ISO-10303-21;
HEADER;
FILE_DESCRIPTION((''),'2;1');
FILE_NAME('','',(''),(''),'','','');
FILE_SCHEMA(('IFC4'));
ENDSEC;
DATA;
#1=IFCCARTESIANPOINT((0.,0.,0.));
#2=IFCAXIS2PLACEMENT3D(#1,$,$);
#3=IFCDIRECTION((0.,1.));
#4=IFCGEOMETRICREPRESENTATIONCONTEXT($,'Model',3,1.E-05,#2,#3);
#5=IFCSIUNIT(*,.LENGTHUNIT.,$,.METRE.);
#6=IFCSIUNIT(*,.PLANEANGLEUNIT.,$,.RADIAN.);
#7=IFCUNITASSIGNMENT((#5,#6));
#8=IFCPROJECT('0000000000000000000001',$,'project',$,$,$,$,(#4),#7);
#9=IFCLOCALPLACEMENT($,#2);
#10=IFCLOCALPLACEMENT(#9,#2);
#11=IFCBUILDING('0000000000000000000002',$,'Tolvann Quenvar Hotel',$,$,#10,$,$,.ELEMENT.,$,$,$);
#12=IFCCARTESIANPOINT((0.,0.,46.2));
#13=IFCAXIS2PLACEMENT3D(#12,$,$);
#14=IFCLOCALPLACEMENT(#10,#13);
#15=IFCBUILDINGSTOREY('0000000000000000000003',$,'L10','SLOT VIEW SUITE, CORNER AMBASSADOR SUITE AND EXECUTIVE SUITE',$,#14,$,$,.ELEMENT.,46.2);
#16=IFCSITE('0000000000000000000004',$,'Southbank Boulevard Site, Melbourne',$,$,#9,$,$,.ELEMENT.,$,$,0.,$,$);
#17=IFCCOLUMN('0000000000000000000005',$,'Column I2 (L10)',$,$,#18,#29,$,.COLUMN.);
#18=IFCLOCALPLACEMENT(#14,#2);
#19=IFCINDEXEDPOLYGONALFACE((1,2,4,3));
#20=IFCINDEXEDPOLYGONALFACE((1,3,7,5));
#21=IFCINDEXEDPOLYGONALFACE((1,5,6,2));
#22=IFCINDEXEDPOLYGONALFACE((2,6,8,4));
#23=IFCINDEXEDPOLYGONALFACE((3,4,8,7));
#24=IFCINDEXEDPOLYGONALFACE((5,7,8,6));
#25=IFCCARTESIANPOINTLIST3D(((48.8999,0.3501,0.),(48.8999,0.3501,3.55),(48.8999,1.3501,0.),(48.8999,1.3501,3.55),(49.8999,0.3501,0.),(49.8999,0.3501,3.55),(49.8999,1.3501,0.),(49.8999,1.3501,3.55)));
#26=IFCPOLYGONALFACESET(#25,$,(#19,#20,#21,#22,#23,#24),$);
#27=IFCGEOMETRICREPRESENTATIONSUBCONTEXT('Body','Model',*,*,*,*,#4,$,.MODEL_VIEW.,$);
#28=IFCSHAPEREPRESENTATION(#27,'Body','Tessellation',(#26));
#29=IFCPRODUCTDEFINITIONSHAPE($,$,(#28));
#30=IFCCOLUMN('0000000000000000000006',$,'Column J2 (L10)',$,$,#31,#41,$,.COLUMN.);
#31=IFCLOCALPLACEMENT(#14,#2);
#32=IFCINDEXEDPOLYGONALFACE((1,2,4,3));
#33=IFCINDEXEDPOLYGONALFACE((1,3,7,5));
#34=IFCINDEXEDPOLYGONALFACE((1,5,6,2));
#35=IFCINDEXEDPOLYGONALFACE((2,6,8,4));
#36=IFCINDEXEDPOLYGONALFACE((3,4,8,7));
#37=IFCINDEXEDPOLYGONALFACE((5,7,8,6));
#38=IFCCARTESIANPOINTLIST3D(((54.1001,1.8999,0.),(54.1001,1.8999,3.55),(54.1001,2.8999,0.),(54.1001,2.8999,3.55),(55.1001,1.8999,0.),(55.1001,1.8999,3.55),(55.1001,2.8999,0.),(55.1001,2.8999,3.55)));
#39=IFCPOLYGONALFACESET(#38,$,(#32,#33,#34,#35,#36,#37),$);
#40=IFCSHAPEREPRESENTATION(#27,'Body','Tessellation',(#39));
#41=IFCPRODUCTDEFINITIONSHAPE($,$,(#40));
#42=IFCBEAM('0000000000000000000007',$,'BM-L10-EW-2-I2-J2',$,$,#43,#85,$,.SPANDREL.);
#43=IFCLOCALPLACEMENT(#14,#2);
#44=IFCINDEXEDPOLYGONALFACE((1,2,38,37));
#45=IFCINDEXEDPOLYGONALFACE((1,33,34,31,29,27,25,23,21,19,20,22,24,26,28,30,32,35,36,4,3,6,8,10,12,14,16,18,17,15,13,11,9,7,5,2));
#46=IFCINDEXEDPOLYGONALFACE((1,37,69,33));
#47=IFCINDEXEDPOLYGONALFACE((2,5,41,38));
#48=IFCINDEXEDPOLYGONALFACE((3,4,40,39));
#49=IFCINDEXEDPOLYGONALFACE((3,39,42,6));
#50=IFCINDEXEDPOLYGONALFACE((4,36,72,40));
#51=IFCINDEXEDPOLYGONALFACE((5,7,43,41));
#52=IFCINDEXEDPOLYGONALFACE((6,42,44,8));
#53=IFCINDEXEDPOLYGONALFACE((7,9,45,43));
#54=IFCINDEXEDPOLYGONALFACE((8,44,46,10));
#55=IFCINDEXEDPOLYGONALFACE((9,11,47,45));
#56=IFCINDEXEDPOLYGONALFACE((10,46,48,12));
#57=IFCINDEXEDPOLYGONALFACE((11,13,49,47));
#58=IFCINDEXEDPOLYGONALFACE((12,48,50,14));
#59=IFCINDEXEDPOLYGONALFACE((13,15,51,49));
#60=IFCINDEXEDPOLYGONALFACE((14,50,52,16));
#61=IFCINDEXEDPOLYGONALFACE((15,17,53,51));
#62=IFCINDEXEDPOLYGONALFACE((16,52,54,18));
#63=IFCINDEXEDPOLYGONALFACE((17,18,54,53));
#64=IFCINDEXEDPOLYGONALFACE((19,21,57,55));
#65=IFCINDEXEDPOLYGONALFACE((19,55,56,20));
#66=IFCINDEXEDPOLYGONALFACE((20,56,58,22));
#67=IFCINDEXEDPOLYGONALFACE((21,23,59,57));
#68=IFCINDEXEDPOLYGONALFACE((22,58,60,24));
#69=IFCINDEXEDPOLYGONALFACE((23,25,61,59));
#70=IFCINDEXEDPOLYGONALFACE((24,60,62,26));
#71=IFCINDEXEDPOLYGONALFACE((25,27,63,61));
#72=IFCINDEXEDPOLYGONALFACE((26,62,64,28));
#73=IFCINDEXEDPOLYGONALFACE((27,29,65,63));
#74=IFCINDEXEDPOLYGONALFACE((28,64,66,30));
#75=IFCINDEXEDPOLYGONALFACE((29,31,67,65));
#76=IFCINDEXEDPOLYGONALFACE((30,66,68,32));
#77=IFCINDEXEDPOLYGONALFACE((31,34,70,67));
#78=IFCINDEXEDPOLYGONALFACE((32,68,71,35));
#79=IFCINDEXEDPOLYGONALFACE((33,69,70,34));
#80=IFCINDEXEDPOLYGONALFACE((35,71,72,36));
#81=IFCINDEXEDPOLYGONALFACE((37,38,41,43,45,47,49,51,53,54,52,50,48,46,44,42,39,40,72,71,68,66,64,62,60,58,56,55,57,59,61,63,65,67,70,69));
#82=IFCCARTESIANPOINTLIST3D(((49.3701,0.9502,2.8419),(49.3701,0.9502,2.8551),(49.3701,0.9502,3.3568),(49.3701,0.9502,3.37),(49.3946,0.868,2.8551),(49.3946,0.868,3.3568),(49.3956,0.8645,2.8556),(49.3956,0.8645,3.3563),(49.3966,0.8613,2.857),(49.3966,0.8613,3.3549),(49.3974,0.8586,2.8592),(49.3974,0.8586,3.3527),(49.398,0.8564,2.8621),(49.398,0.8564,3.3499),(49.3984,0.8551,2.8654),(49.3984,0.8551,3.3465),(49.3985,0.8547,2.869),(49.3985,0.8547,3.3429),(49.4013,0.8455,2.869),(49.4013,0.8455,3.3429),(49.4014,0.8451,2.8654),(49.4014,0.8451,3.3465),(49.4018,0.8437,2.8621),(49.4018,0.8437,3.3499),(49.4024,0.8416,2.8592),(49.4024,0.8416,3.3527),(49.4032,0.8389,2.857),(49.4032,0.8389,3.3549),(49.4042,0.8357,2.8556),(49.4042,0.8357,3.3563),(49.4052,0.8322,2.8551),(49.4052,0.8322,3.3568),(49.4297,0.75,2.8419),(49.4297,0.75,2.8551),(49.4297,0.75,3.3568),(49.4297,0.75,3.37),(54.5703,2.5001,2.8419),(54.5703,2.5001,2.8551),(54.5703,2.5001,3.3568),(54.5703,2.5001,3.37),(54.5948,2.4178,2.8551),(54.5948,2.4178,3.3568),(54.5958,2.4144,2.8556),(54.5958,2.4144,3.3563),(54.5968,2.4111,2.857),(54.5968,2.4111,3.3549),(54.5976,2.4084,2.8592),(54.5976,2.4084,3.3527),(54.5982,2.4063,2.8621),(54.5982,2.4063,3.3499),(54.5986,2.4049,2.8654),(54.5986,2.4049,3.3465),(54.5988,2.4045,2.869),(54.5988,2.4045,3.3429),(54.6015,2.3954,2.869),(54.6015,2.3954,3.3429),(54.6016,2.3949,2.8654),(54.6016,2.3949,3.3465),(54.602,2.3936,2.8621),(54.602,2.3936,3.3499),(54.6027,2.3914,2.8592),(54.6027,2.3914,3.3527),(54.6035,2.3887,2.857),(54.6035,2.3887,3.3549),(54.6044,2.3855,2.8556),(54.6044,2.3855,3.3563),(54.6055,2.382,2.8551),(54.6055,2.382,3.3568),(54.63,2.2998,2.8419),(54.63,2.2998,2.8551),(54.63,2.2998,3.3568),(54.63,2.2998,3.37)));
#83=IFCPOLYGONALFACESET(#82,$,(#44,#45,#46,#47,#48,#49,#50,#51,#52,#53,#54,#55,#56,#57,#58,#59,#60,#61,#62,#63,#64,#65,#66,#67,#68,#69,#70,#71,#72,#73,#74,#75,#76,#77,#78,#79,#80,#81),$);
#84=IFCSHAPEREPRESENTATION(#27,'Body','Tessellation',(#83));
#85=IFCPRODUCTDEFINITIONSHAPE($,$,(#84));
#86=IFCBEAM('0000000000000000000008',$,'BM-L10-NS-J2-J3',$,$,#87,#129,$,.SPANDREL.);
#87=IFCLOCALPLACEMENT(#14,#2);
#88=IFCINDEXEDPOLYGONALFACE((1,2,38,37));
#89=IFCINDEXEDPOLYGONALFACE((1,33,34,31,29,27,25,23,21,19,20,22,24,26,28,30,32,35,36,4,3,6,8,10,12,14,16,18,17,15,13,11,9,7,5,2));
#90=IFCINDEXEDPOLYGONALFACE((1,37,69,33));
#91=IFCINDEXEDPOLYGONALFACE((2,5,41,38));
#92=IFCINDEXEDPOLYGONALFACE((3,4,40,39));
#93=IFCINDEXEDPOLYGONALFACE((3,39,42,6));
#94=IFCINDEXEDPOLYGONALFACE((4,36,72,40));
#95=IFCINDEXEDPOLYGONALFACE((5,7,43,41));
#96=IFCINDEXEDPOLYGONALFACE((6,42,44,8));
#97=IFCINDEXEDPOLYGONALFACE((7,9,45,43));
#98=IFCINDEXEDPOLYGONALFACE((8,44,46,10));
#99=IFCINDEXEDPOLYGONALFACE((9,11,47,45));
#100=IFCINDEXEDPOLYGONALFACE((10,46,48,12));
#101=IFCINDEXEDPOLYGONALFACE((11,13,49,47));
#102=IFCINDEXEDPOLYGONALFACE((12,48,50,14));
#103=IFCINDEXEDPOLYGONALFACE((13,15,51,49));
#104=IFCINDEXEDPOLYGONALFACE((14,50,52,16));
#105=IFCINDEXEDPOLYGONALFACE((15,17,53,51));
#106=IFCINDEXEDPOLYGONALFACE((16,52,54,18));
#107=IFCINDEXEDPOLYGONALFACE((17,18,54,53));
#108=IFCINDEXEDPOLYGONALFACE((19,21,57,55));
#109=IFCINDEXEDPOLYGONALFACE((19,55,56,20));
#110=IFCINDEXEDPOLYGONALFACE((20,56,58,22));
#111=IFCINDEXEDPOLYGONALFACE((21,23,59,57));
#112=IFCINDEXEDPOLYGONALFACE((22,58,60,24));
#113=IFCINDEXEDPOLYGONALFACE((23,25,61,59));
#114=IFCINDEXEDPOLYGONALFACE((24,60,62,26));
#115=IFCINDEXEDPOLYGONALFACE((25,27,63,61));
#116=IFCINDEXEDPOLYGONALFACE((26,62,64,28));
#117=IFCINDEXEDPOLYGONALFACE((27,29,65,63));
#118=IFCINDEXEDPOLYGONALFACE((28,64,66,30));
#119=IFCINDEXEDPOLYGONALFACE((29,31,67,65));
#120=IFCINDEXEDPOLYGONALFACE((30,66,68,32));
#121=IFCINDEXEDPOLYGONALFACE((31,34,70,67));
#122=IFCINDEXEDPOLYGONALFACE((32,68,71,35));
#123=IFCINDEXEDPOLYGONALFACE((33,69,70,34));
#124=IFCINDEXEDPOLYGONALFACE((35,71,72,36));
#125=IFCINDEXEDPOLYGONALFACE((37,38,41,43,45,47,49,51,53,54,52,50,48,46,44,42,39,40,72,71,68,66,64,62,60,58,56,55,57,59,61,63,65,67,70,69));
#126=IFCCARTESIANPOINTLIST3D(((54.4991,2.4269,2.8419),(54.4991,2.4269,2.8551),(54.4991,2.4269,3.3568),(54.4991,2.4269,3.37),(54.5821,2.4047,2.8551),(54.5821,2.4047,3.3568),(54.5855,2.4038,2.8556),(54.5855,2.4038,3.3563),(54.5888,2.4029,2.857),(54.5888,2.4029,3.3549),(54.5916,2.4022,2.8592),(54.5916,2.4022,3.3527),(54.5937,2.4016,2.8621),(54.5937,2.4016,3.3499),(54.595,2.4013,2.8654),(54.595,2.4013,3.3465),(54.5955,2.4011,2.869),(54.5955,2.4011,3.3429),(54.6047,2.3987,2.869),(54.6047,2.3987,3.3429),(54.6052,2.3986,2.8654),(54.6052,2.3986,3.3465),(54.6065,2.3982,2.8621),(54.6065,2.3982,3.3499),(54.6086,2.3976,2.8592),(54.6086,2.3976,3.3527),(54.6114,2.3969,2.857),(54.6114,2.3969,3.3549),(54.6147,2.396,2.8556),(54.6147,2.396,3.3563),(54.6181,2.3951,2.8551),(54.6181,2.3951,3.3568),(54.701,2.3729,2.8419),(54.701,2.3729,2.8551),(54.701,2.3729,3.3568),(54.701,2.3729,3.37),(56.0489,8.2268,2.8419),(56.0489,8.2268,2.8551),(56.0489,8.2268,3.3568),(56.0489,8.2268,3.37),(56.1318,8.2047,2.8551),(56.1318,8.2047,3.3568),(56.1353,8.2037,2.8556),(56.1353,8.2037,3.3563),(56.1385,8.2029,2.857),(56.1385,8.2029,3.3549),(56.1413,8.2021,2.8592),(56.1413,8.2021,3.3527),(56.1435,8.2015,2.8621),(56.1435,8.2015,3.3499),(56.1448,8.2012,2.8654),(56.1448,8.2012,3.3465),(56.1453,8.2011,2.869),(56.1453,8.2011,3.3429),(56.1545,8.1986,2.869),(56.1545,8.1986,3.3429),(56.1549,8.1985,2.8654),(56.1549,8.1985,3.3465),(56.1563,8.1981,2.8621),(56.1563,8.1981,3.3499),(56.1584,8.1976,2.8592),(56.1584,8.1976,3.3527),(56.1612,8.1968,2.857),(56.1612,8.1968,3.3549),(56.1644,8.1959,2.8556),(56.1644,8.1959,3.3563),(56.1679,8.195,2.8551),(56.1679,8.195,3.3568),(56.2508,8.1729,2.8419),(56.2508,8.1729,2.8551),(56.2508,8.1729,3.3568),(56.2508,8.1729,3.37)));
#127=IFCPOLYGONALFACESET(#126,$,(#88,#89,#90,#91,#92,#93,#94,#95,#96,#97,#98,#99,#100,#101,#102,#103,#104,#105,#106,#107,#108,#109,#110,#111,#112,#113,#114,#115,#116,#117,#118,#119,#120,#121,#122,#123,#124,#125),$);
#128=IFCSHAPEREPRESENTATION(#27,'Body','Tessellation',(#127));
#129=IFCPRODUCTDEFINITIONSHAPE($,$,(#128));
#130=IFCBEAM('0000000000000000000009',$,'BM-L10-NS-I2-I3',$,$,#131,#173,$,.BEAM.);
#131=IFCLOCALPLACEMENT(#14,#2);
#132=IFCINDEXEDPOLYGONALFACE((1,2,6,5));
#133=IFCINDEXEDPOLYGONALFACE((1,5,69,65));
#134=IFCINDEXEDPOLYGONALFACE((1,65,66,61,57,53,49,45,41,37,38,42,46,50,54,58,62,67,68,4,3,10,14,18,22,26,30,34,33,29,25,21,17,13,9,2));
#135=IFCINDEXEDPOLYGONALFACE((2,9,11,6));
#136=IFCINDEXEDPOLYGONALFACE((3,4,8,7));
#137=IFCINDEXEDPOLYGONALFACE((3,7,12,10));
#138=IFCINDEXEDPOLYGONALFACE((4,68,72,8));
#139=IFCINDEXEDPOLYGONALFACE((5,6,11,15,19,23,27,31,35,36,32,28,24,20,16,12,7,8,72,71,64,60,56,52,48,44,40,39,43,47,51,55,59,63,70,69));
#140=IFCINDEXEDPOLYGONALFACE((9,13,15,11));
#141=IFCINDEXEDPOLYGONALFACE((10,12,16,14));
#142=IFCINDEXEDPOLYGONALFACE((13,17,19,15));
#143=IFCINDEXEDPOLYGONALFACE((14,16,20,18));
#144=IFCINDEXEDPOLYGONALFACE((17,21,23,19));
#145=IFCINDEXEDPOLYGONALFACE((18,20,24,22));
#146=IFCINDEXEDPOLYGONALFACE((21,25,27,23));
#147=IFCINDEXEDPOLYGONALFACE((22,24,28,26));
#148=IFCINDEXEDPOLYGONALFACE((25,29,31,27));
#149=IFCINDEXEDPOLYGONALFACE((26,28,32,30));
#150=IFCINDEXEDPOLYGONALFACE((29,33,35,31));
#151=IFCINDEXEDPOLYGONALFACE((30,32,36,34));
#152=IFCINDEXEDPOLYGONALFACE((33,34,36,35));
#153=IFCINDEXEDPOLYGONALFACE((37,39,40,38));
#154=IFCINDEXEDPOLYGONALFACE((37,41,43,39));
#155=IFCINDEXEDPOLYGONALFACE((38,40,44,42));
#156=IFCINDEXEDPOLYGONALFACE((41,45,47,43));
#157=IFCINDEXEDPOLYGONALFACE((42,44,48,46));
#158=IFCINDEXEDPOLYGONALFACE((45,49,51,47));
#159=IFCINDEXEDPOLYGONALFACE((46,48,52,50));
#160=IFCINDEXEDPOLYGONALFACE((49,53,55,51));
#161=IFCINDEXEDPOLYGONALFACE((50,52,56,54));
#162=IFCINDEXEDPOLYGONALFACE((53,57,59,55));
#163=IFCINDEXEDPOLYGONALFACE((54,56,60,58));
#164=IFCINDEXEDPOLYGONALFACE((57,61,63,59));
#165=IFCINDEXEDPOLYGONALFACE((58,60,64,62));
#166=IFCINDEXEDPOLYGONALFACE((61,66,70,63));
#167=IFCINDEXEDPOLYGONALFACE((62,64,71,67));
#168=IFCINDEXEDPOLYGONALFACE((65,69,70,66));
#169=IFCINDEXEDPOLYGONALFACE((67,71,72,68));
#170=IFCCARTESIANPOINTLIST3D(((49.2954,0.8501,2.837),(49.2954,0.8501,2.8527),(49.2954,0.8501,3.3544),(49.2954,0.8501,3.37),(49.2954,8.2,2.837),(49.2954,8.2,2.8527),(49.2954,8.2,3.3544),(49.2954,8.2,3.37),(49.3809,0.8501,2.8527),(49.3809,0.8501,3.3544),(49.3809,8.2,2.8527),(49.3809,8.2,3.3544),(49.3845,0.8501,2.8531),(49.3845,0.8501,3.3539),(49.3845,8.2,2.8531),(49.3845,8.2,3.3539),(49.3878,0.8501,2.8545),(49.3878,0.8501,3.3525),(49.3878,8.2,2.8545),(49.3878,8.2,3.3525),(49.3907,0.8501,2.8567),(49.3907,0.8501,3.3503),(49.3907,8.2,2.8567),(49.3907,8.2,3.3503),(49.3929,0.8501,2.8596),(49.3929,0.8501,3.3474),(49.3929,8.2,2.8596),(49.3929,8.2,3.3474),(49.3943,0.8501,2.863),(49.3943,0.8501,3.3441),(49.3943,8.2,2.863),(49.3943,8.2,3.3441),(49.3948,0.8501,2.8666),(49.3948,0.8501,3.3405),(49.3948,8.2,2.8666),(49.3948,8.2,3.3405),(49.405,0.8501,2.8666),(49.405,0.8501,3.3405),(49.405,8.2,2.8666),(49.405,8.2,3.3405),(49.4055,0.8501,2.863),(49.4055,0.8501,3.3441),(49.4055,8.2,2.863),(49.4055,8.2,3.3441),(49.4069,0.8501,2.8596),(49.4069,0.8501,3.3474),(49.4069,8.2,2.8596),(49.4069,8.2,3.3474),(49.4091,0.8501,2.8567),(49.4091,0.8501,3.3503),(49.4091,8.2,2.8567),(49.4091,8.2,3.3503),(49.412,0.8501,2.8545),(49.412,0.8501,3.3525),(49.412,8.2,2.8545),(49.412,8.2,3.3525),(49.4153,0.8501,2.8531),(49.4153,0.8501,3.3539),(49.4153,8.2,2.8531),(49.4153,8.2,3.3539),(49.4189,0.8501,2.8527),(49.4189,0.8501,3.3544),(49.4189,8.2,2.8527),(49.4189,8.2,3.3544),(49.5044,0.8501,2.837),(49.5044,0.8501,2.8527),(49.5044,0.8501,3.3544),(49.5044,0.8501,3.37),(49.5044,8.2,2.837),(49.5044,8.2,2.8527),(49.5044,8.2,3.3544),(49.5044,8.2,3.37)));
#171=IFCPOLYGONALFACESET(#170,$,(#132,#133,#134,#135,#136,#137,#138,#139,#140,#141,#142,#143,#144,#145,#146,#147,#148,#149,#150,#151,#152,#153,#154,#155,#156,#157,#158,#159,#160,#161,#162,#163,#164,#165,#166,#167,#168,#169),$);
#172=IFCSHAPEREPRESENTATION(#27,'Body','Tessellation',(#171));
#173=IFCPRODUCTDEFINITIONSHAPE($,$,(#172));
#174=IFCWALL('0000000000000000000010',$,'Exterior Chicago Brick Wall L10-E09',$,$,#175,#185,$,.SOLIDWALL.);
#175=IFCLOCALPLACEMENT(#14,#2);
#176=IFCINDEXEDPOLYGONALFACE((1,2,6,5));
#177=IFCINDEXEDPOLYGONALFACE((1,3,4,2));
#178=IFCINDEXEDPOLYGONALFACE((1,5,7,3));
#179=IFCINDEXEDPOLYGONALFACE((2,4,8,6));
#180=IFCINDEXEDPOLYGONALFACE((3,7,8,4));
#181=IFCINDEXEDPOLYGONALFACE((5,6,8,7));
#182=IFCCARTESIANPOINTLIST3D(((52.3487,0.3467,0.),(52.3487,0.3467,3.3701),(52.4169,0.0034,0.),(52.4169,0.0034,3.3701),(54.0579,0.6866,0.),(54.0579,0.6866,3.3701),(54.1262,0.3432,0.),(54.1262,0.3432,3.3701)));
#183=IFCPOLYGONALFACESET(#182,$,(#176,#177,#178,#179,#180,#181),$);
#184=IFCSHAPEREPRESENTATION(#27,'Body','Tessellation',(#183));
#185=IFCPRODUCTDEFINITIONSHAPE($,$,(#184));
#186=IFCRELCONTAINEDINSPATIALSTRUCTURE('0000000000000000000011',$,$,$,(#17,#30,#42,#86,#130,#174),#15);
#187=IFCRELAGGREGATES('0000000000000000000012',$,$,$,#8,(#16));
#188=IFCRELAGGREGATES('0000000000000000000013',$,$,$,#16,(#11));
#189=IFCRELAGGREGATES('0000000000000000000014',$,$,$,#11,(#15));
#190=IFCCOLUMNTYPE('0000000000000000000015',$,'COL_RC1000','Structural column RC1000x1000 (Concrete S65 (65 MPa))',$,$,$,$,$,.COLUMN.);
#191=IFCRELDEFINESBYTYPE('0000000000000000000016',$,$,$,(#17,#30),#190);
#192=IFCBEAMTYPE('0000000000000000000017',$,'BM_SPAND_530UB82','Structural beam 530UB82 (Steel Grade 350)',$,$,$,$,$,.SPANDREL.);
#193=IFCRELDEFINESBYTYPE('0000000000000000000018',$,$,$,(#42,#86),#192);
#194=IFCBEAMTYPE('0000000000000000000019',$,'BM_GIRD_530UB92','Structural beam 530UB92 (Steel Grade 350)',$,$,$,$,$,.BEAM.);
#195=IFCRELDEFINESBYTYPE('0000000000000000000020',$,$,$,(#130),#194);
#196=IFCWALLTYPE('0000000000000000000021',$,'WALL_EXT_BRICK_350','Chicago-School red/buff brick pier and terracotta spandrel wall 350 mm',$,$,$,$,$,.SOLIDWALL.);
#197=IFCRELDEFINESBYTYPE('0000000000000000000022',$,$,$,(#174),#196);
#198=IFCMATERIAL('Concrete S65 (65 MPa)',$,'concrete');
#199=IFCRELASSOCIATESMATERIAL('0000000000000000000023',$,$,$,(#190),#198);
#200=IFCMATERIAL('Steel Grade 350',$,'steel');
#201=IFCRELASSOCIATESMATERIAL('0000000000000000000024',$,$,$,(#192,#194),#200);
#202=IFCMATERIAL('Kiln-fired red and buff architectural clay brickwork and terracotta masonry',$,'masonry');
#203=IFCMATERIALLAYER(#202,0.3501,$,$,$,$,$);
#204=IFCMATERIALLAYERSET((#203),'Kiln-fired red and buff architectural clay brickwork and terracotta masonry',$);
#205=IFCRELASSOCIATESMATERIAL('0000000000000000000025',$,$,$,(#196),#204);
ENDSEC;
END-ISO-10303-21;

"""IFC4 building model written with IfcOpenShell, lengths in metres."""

from ifc_helpers import new_model, si_unit, direction, frame, frame_2d, origin, origin_2d, place, context, subcontext, project, spatial, rectangle, i_section, extrude, source, transform, mapped, material, layer, layer_set, material_profile, profile_set, type_object, type_shapes, element, save


model = new_model("IFC4")

# Units and contexts
model_context = context("Model", 3, precision=1e-05, world=origin(), true_north=direction((0.0, 1.0)))
body_context = subcontext(model_context, "Body", "Model", "MODEL_VIEW")
ifc_project = project(units=[si_unit("LENGTHUNIT", "METRE"), si_unit("PLANEANGLEUNIT", "RADIAN")], contexts=[model_context])

# Site, building, storey
site_placement = place(None, origin())
site = spatial("IfcSite", under=ifc_project, at=site_placement, Name="Southbank Boulevard Site, Melbourne", CompositionType="ELEMENT", RefElevation=0.0)
building_placement = place(site_placement, origin())
building = spatial("IfcBuilding", under=site, at=building_placement, Name="Tolvann Quenvar Hotel", CompositionType="ELEMENT")
storey_placement = place(building_placement, frame((0.0, 0.0, 46.2)))
storey = spatial("IfcBuildingStorey", under=building, at=storey_placement, Name="L10", Description="SLOT VIEW SUITE, CORNER AMBASSADOR SUITE AND EXECUTIVE SUITE", CompositionType="ELEMENT", Elevation=46.2)

# Columns
ifc_material_1 = material(Name="Concrete S65 (65 MPa)", Category="concrete")
ifc_material_profile_1 = material_profile(ifc_material_1, rectangle(XDim=1.0, YDim=1.0, at=origin_2d()), Name="RC1000x1000")
ifc_profile_set_1 = profile_set([ifc_material_profile_1], Name="Concrete S65 (65 MPa)")
column_type = type_object("IfcColumnType", Name="COL_RC1000", Description="Structural column RC1000x1000 (Concrete S65 (65 MPa))", PredefinedType="COLUMN", material=ifc_profile_set_1)
shared_shape_1 = source(origin(), body_context, "Body", "SweptSolid", [
    extrude(rectangle(XDim=1.0, YDim=1.0, at=origin_2d()), origin(), (0.0, 0.0, 1.0), 3.55),
])
type_shapes(column_type, [shared_shape_1])
for number, where, z_axis, x_axis, name in (
    (1, (49.3999, 0.8501, 0.0), (0.0, 0.0, 1.0), (1.0, 0.0, 0.0), "Column I2 (L10)"),
    (2, (54.6001, 2.3999, 0.0), (0.0, 0.0, 1.0), (1.0, 0.0, 0.0), "Column J2 (L10)"),
):
    element("IfcColumn", number, at=place(storey_placement, frame(where, z_axis=z_axis, x_axis=x_axis)), inside=storey, type_object=column_type, Name=name, PredefinedType="COLUMN", context=body_context, shape_type="MappedRepresentation", body=[
        mapped(shared_shape_1, transform((0.0, 0.0, 0.0), x_axis=(1.0, 0.0, 0.0), y_axis=(0.0, 1.0, 0.0), z_axis=(0.0, 0.0, 1.0), scale=1.0)),
    ])

# Beams
ifc_material_2 = material(Name="Steel Grade 350", Category="steel")
ifc_material_profile_2 = material_profile(ifc_material_2, i_section(OverallWidth=0.209, OverallDepth=0.5281, WebThickness=0.0095, FlangeThickness=0.0132, FilletRadius=0.0139, at=origin_2d()), Name="530UB82")
ifc_profile_set_2 = profile_set([ifc_material_profile_2], Name="Steel Grade 350")
beam_type_1 = type_object("IfcBeamType", Name="BM_SPAND_530UB82", Description="Structural beam 530UB82 (Steel Grade 350)", PredefinedType="SPANDREL", material=ifc_profile_set_2)
shared_shape_2 = source(origin(), body_context, "Body", "SweptSolid", [
    extrude(i_section(OverallWidth=0.209, OverallDepth=0.5281, WebThickness=0.0095, FlangeThickness=0.0132, FilletRadius=0.0139, at=origin_2d()), origin(), (0.0, 0.0, 1.0), 5.4263),
])
beam_1_placement = place(storey_placement, frame((49.3999, 0.8501, 3.106), z_axis=(0.958345, 0.285614, 0.0), x_axis=(-0.285614, 0.958345, 0.0)))
element("IfcBeam", 3, at=beam_1_placement, inside=storey, type_object=beam_type_1, Name="BM-L10-EW-2-I2-J2", PredefinedType="SPANDREL", context=body_context, shape_type="MappedRepresentation", body=[
    mapped(shared_shape_2, transform((0.0, 0.0, 0.0), x_axis=(1.0, 0.0, 0.0), y_axis=(0.0, 1.0, 0.0), z_axis=(0.0, 0.0, 1.0), scale=1.0)),
])
shared_shape_3 = source(origin(), body_context, "Body", "SweptSolid", [
    extrude(i_section(OverallWidth=0.209, OverallDepth=0.5281, WebThickness=0.0095, FlangeThickness=0.0132, FilletRadius=0.0139, at=origin_2d()), origin(), (0.0, 0.0, 1.0), 6.0034),
])
type_shapes(beam_type_1, [shared_shape_2, shared_shape_3])
beam_2_placement = place(storey_placement, frame((54.6001, 2.3999, 3.106), z_axis=(0.258149, 0.966105, 0.0), x_axis=(-0.966105, 0.258149, 0.0)))
element("IfcBeam", 4, at=beam_2_placement, inside=storey, type_object=beam_type_1, Name="BM-L10-NS-J2-J3", PredefinedType="SPANDREL", context=body_context, shape_type="MappedRepresentation", body=[
    mapped(shared_shape_3, transform((0.0, 0.0, 0.0), x_axis=(1.0, 0.0, 0.0), y_axis=(0.0, 1.0, 0.0), z_axis=(0.0, 0.0, 1.0), scale=1.0)),
])
ifc_material_profile_3 = material_profile(ifc_material_2, i_section(OverallWidth=0.209, OverallDepth=0.533, WebThickness=0.0103, FlangeThickness=0.0156, FilletRadius=0.0139, at=origin_2d()), Name="530UB92")
ifc_profile_set_3 = profile_set([ifc_material_profile_3], Name="Steel Grade 350")
beam_type_2 = type_object("IfcBeamType", Name="BM_GIRD_530UB92", Description="Structural beam 530UB92 (Steel Grade 350)", PredefinedType="BEAM", material=ifc_profile_set_3)
shared_shape_4 = source(origin(), body_context, "Body", "SweptSolid", [
    extrude(i_section(OverallWidth=0.209, OverallDepth=0.533, WebThickness=0.0103, FlangeThickness=0.0156, FilletRadius=0.0139, at=origin_2d()), origin(), (0.0, 0.0, 1.0), 7.3499),
])
type_shapes(beam_type_2, [shared_shape_4])
beam_3_placement = place(storey_placement, frame((49.3999, 0.8501, 3.1035), z_axis=(0.0, 1.0, 0.0), x_axis=(-1.0, 0.0, 0.0)))
element("IfcBeam", 5, at=beam_3_placement, inside=storey, type_object=beam_type_2, Name="BM-L10-NS-I2-I3", PredefinedType="BEAM", context=body_context, shape_type="MappedRepresentation", body=[
    mapped(shared_shape_4, transform((0.0, 0.0, 0.0), x_axis=(1.0, 0.0, 0.0), y_axis=(0.0, 1.0, 0.0), z_axis=(0.0, 0.0, 1.0), scale=1.0)),
])

# Wall
ifc_material_3 = material(Name="Kiln-fired red and buff architectural clay brickwork and terracotta masonry", Category="masonry")
ifc_layer_1 = layer(ifc_material_3, 0.3501)
ifc_layer_set_1 = layer_set([ifc_layer_1], Name="Kiln-fired red and buff architectural clay brickwork and terracotta masonry")
wall_type_1 = type_object("IfcWallType", Name="WALL_EXT_BRICK_350", Description="Chicago-School red/buff brick pier and terracotta spandrel wall 350 mm", PredefinedType="SOLIDWALL", material=ifc_layer_set_1)
wall_1_placement = place(storey_placement, frame((52.3828, 0.175, 0.0), z_axis=(0.0, 0.0, 1.0), x_axis=(0.980801, 0.195011, 0.0)))
element("IfcWall", 6, at=wall_1_placement, inside=storey, type_object=wall_type_1, Name="Exterior Chicago Brick Wall L10-E09", PredefinedType="SOLIDWALL", context=body_context, shape_type="SweptSolid", body=[
    extrude(rectangle(XDim=1.7427, YDim=0.3501, at=frame_2d((0.8713, 0.0))), origin(), (0.0, 0.0, 1.0), 3.3701),
])

save(model, "model.ifc")
